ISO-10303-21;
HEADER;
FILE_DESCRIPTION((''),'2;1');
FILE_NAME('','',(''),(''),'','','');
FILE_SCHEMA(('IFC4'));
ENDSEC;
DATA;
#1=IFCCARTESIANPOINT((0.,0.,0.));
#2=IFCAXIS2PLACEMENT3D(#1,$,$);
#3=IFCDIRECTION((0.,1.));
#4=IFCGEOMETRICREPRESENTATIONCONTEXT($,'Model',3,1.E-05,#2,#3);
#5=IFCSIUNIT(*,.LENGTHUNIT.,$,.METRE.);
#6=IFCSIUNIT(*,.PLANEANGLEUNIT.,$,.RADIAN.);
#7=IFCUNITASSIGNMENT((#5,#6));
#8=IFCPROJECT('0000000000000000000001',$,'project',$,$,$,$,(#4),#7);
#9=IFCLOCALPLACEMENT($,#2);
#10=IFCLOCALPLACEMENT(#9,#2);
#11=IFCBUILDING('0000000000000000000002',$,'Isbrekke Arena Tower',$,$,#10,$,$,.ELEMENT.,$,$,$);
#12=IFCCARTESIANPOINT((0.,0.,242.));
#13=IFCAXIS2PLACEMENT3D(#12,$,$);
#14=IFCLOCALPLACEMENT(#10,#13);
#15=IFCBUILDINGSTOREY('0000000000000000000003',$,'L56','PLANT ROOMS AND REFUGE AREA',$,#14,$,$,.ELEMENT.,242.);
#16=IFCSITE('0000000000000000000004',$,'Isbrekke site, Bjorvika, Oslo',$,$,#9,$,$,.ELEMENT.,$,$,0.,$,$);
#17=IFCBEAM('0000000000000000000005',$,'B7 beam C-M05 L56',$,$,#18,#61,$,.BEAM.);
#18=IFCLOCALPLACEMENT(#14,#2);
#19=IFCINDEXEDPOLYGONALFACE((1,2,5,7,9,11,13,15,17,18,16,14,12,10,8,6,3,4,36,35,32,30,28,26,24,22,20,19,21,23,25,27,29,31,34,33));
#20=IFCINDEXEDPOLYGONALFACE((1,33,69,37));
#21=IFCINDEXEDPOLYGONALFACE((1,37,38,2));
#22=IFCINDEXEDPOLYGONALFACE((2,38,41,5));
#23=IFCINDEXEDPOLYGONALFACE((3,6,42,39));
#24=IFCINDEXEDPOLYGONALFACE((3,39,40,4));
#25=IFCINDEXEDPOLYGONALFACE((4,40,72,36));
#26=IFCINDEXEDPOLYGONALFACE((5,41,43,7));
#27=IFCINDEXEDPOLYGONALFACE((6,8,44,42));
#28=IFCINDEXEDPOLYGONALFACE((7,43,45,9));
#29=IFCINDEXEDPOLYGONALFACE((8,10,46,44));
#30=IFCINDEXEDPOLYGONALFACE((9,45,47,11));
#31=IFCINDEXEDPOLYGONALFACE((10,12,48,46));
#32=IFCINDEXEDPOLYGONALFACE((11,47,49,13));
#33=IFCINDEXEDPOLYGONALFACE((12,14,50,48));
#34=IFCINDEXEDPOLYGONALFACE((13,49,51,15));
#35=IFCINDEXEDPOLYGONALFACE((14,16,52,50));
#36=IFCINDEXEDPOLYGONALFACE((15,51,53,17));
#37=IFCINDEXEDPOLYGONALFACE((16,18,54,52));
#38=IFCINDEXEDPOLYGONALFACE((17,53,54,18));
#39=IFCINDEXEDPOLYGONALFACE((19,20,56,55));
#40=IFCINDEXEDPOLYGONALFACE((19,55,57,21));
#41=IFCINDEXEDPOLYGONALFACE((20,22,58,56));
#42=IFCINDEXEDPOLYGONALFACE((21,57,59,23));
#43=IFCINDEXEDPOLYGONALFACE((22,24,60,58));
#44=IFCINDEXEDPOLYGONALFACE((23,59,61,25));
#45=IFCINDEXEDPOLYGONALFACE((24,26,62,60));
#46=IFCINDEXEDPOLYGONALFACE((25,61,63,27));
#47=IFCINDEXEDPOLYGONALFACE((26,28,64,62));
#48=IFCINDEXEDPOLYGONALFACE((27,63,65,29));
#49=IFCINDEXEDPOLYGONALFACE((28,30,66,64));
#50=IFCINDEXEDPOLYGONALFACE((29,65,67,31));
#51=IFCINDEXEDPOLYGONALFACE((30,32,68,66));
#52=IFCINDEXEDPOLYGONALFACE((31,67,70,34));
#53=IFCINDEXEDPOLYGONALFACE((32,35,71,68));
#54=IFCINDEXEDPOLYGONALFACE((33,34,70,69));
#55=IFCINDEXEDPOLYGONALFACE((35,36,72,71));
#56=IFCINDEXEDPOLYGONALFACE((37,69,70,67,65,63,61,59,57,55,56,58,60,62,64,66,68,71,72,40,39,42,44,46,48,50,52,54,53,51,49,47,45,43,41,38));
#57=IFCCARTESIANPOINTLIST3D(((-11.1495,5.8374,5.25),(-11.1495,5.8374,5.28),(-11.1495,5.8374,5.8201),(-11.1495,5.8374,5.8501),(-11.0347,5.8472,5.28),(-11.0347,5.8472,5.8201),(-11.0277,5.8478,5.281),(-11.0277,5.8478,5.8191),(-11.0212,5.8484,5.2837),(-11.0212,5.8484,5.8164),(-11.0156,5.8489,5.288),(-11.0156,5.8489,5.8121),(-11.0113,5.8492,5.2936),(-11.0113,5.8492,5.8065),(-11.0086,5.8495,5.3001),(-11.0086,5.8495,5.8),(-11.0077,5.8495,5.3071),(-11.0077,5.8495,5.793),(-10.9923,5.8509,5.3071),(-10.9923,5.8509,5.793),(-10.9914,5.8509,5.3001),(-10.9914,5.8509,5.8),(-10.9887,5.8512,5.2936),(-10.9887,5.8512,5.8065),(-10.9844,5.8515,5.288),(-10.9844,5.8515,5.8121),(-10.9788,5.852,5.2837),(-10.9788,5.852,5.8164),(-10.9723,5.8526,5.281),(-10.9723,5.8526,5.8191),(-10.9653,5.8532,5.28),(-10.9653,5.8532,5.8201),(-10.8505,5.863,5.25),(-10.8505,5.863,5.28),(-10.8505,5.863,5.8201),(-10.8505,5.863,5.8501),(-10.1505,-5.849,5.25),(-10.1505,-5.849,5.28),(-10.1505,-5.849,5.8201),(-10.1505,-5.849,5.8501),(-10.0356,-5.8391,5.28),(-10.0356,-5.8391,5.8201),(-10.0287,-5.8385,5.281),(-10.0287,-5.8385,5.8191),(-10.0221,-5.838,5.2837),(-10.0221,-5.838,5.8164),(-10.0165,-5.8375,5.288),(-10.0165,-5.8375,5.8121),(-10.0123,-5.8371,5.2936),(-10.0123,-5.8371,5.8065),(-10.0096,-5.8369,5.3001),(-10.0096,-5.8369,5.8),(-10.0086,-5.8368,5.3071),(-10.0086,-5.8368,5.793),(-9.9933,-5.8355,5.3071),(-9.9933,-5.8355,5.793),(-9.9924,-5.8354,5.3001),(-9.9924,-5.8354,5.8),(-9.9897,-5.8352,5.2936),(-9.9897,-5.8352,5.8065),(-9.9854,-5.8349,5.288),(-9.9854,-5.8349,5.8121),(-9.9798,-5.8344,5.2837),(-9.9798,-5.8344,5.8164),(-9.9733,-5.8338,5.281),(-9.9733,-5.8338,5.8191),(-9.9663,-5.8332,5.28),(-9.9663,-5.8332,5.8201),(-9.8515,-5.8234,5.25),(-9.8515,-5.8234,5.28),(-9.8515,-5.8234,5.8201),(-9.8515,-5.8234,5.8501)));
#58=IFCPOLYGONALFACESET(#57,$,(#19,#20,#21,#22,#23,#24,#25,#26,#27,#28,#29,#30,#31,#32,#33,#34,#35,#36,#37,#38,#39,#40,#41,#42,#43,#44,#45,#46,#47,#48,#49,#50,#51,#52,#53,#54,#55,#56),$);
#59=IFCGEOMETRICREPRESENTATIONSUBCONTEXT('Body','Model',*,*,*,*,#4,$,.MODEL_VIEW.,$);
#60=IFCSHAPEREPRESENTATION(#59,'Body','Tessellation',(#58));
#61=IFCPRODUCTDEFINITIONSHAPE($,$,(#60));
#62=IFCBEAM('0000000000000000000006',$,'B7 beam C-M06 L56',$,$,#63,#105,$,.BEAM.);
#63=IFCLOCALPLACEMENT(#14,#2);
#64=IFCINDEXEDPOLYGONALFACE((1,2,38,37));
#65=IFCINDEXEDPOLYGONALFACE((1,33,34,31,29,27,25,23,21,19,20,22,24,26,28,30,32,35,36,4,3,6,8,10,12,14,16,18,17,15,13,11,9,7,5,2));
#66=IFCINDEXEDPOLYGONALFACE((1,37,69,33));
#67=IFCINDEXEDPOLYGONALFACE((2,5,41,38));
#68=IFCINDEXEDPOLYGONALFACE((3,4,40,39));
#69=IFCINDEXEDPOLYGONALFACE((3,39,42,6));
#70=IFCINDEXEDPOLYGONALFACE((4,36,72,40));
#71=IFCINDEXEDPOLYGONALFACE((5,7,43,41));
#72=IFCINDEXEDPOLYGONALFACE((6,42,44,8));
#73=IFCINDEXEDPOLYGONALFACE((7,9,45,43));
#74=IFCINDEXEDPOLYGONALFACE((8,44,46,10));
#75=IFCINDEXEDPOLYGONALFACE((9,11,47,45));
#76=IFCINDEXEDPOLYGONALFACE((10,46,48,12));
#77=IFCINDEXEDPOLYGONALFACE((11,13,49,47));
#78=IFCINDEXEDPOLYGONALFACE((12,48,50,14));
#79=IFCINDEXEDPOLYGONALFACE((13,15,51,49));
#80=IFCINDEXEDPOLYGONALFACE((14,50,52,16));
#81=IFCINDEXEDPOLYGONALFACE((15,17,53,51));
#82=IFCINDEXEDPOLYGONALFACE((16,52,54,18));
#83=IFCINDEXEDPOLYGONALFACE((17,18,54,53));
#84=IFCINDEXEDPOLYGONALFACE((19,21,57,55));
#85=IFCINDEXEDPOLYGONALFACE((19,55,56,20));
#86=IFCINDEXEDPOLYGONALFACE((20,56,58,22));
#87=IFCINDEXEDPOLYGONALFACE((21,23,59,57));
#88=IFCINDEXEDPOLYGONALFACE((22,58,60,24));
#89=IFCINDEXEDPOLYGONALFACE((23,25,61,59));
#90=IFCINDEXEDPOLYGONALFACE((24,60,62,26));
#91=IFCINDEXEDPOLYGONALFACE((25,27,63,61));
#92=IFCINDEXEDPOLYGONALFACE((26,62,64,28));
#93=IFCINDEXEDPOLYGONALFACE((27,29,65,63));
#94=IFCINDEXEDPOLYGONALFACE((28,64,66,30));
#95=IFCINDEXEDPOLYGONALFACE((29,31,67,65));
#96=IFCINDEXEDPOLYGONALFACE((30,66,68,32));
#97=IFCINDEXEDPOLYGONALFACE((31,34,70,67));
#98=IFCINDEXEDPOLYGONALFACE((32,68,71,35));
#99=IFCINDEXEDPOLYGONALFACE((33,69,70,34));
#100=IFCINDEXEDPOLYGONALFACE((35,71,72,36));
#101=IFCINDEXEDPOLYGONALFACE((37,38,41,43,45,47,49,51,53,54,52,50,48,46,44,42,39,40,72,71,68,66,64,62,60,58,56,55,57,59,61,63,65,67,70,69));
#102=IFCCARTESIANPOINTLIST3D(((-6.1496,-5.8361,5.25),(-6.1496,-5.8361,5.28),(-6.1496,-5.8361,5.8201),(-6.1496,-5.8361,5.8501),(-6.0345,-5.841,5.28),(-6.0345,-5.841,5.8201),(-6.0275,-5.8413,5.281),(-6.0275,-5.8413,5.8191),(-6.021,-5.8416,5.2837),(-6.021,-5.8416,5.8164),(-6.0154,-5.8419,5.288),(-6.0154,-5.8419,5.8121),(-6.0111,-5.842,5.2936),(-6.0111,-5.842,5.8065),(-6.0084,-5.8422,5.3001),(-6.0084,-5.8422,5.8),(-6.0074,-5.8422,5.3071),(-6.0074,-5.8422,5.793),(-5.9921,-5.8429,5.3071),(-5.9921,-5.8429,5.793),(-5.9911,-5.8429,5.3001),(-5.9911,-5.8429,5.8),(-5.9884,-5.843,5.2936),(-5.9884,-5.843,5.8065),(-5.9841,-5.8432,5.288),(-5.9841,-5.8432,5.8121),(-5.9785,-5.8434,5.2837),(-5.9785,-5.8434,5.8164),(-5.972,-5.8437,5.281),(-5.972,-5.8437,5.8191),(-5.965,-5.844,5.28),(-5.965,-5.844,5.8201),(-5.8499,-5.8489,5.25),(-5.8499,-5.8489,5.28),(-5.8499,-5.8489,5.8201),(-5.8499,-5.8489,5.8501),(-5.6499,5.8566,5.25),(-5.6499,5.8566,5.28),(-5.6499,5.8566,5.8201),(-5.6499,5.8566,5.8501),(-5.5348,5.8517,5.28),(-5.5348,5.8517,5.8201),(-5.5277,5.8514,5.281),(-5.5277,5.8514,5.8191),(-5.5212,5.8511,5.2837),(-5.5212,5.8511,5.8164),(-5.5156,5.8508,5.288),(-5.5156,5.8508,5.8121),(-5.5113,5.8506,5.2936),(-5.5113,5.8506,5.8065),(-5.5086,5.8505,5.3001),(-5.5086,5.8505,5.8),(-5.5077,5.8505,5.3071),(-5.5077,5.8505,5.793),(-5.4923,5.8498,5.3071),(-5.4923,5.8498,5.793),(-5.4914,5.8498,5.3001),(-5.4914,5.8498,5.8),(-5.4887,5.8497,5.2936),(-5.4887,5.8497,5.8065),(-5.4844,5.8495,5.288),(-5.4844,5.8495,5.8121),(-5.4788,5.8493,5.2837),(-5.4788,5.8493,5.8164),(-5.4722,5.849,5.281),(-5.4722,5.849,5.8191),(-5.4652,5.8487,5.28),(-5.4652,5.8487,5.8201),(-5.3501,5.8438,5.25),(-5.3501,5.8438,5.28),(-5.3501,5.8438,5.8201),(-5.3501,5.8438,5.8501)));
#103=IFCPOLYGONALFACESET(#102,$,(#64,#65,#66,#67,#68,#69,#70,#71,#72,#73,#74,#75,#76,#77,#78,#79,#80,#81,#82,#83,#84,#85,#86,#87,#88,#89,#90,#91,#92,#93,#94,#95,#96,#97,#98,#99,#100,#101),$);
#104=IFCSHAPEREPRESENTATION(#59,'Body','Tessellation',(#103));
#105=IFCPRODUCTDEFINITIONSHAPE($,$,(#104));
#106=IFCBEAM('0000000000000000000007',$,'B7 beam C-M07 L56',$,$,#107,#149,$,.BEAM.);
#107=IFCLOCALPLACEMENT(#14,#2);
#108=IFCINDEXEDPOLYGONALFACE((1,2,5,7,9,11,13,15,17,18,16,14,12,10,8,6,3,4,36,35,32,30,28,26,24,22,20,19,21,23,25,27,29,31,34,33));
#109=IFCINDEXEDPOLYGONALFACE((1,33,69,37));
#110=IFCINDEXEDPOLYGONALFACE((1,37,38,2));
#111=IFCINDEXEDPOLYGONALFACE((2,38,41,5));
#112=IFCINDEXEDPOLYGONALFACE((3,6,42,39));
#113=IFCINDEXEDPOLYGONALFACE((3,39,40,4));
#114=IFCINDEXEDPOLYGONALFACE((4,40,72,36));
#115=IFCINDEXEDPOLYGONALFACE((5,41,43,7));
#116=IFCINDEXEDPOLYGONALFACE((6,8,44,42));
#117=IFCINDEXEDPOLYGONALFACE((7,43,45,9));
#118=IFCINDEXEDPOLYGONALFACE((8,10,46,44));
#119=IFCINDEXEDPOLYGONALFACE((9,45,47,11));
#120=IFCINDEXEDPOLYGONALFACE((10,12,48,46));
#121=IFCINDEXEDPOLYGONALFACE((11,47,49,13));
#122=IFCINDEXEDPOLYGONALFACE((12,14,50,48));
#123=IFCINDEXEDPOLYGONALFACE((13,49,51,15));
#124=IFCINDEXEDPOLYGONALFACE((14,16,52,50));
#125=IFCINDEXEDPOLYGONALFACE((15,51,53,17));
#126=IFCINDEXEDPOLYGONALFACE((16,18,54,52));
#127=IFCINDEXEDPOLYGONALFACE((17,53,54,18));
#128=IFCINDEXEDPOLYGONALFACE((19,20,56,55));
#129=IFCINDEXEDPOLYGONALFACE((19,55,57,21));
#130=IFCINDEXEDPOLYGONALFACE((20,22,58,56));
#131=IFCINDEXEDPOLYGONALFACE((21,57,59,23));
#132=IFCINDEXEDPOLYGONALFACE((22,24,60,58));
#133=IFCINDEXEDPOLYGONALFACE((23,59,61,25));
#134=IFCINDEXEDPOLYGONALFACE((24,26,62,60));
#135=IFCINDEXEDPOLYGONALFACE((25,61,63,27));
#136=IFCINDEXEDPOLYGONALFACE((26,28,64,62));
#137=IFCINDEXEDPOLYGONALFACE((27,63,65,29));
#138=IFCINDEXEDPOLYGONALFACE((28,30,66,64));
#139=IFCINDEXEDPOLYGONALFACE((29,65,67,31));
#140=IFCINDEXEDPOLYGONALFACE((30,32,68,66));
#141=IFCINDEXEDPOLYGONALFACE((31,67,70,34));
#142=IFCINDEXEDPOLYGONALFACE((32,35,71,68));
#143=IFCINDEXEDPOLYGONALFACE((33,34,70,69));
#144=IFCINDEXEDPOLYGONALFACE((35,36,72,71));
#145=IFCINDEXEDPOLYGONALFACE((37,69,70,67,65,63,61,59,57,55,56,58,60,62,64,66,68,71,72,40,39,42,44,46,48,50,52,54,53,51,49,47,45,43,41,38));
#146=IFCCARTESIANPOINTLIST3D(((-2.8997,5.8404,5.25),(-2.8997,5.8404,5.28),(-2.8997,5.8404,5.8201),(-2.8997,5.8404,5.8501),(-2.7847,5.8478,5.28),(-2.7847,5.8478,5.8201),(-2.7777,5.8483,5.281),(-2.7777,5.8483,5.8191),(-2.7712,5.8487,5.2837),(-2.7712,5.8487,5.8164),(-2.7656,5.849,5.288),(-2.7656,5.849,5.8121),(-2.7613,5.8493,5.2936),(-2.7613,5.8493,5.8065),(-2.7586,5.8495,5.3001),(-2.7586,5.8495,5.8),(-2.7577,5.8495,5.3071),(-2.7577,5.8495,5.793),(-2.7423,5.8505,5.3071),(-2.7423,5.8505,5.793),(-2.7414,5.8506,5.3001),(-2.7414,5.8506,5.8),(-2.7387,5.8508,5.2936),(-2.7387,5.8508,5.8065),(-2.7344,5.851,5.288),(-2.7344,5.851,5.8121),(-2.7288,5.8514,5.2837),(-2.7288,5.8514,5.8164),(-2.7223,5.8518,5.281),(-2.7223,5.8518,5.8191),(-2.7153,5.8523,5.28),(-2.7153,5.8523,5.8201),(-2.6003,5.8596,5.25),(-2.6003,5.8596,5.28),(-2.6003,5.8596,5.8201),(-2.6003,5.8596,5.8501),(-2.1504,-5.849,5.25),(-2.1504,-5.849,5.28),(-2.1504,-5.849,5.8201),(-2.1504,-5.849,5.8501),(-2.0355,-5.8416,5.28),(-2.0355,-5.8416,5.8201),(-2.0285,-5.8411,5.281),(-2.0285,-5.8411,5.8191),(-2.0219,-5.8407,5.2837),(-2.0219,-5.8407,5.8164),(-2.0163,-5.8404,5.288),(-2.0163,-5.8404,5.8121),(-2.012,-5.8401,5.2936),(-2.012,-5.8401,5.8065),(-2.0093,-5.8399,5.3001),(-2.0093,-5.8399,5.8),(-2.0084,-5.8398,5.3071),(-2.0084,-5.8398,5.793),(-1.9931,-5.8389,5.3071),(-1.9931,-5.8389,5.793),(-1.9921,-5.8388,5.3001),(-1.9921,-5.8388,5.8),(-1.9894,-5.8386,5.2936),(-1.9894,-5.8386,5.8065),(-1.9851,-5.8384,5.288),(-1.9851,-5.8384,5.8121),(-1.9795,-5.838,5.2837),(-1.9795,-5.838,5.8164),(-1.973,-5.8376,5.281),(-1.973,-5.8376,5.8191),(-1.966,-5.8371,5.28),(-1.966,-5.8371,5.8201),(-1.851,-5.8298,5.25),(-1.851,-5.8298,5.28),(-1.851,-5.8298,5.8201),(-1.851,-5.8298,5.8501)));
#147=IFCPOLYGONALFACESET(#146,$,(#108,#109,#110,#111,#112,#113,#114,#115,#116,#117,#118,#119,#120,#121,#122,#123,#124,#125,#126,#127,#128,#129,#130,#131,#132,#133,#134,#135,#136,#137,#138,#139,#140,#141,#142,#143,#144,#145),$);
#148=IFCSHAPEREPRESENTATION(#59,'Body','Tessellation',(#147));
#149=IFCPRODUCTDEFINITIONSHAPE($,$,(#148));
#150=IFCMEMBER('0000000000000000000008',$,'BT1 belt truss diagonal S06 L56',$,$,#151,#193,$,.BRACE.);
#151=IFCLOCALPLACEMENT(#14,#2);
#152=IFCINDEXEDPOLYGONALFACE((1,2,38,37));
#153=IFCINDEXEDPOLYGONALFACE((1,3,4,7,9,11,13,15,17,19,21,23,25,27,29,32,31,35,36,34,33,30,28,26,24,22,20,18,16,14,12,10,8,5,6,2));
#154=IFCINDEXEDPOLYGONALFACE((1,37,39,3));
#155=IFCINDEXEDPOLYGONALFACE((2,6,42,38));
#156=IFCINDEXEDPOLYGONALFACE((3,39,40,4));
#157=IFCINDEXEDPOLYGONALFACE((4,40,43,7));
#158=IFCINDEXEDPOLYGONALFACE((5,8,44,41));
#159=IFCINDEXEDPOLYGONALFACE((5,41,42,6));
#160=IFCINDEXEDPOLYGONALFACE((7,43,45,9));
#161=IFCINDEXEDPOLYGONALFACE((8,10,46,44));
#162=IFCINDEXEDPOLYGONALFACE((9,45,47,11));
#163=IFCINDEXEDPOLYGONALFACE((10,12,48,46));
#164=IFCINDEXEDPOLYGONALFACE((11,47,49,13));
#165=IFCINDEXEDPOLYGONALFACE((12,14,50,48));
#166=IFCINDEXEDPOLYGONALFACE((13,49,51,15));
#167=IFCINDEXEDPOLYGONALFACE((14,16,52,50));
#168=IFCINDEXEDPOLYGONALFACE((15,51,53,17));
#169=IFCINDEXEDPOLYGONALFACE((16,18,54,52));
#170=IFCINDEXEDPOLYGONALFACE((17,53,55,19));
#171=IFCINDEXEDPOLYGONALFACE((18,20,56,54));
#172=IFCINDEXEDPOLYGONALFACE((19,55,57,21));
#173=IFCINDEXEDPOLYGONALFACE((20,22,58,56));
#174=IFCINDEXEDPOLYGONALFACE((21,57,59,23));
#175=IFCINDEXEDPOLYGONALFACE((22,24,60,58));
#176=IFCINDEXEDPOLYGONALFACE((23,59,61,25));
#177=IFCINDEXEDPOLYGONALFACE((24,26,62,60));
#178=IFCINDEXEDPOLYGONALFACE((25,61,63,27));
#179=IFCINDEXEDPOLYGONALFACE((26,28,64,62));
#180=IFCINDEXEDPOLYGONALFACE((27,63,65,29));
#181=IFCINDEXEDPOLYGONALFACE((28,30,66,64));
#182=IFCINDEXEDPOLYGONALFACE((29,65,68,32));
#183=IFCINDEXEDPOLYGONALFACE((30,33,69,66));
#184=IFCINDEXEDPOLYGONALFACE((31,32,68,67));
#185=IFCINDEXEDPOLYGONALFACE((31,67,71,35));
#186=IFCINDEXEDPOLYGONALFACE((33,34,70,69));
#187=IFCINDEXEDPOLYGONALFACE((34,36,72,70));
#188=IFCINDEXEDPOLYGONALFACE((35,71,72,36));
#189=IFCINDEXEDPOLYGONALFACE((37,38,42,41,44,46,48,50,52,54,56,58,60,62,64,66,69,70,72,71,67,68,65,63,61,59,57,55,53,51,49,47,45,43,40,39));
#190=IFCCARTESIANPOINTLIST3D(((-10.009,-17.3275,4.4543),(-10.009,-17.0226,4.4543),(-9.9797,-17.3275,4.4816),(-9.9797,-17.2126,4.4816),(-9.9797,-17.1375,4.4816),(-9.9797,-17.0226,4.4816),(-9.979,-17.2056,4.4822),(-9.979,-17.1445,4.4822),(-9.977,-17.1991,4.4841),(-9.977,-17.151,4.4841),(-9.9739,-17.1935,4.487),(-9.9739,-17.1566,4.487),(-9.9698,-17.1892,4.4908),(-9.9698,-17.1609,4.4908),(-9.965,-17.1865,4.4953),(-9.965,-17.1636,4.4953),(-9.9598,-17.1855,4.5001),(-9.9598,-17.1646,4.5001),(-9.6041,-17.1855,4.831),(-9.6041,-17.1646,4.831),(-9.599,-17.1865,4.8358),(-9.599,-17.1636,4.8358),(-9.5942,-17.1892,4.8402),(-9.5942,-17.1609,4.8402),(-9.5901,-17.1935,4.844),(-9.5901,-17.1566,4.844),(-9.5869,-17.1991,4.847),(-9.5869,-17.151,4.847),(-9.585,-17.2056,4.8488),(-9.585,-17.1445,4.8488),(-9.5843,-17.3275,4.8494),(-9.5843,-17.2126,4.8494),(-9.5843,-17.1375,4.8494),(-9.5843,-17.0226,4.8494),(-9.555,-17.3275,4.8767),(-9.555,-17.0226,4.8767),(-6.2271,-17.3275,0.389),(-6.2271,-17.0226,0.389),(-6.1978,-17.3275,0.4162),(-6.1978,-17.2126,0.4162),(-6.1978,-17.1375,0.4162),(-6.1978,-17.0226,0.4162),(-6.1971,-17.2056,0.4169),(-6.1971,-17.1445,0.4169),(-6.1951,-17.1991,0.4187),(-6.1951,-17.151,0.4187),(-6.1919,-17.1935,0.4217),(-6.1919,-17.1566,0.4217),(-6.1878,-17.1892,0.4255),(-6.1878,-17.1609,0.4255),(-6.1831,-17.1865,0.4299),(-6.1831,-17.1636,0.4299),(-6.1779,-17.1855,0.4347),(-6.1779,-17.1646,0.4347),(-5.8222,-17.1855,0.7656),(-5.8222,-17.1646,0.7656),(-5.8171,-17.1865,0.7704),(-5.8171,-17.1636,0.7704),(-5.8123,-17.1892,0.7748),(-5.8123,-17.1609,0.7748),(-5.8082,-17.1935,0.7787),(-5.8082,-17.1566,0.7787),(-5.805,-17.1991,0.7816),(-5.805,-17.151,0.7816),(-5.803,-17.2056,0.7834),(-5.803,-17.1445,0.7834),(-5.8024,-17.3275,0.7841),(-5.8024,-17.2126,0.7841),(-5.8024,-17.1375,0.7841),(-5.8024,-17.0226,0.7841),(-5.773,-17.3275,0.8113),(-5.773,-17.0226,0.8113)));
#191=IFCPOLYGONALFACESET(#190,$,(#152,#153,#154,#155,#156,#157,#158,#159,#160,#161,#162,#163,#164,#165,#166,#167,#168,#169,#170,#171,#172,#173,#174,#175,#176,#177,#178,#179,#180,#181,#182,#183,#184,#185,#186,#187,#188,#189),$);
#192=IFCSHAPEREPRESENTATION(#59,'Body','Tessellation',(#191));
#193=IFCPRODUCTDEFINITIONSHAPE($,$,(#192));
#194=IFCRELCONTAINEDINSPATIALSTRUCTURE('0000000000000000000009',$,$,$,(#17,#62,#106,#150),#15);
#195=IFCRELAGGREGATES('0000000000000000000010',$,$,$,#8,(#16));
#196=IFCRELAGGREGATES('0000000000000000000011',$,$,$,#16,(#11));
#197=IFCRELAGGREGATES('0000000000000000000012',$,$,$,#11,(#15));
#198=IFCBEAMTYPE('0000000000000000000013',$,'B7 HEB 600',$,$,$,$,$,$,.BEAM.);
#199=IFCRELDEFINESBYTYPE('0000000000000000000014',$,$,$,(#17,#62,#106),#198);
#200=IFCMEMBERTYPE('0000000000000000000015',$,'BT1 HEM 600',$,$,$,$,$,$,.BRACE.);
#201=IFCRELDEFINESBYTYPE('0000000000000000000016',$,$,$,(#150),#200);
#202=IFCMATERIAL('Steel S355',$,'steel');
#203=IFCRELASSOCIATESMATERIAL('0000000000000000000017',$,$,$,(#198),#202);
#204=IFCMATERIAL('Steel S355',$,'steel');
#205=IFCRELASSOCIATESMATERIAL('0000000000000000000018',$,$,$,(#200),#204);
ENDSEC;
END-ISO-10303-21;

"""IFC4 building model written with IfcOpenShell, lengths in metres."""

from ifc_helpers import new_model, si_unit, direction, frame, origin, origin_2d, place, context, subcontext, project, spatial, i_section, extrude, material, material_profile, profile_set, type_object, element, save


model = new_model("IFC4")

# Units and contexts
model_context = context("Model", 3, precision=1e-05, world=origin(), true_north=direction((0.0, 1.0)))
body_context = subcontext(model_context, "Body", "Model", "MODEL_VIEW")
ifc_project = project(units=[si_unit("LENGTHUNIT", "METRE"), si_unit("PLANEANGLEUNIT", "RADIAN")], contexts=[model_context])

# Site, building, storey
site_placement = place(None, origin())
site = spatial("IfcSite", under=ifc_project, at=site_placement, Name="Isbrekke site, Bjorvika, Oslo", CompositionType="ELEMENT", RefElevation=0.0)
building_placement = place(site_placement, origin())
building = spatial("IfcBuilding", under=site, at=building_placement, Name="Isbrekke Arena Tower", CompositionType="ELEMENT")
storey_placement = place(building_placement, frame((0.0, 0.0, 242.0)))
storey = spatial("IfcBuildingStorey", under=building, at=storey_placement, Name="L56", Description="PLANT ROOMS AND REFUGE AREA", CompositionType="ELEMENT", Elevation=242.0)

# Beams
ifc_material_1 = material(Name="Steel S355", Category="steel")
ifc_material_profile_1 = material_profile(ifc_material_1, i_section(OverallWidth=0.3, OverallDepth=0.6001, WebThickness=0.0154, FlangeThickness=0.03, FilletRadius=0.0271, at=origin_2d()), Name="HEB 600")
ifc_profile_set_1 = profile_set([ifc_material_profile_1], Name="Steel S355")
beam_type_1 = type_object("IfcBeamType", Name="B7 HEB 600", PredefinedType="BEAM", material=ifc_profile_set_1)
beam_1_placement = place(storey_placement, frame((-10.001, -5.8362, 5.55), z_axis=(-0.085176, 0.996366, 0.0), x_axis=(-0.996366, -0.085176, 0.0)))
element("IfcBeam", 1, at=beam_1_placement, inside=storey, type_object=beam_type_1, Name="B7 beam C-M05 L56", PredefinedType="BEAM", context=body_context, shape_type="SweptSolid", body=[
    extrude(i_section(OverallWidth=0.3, OverallDepth=0.6001, WebThickness=0.0154, FlangeThickness=0.03, FilletRadius=0.0271, at=origin_2d()), origin(), (0.0, 0.0, 1.0), 11.729),
])
beam_2_placement = place(storey_placement, frame((-5.9998, -5.8425, 5.55), z_axis=(0.042702, 0.999088, 0.0), x_axis=(-0.999088, 0.042702, 0.0)))
element("IfcBeam", 2, at=beam_2_placement, inside=storey, type_object=beam_type_1, Name="B7 beam C-M06 L56", PredefinedType="BEAM", context=body_context, shape_type="SweptSolid", body=[
    extrude(i_section(OverallWidth=0.3, OverallDepth=0.6001, WebThickness=0.0154, FlangeThickness=0.03, FilletRadius=0.0271, at=origin_2d()), origin(), (0.0, 0.0, 1.0), 11.7034),
])
beam_3_placement = place(storey_placement, frame((-2.0007, -5.8394, 5.55), z_axis=(-0.063966, 0.997952, 0.0), x_axis=(-0.997952, -0.063966, 0.0)))
element("IfcBeam", 3, at=beam_3_placement, inside=storey, type_object=beam_type_1, Name="B7 beam C-M07 L56", PredefinedType="BEAM", context=body_context, shape_type="SweptSolid", body=[
    extrude(i_section(OverallWidth=0.3, OverallDepth=0.6001, WebThickness=0.0154, FlangeThickness=0.03, FilletRadius=0.0271, at=origin_2d()), origin(), (0.0, 0.0, 1.0), 11.7134),
])

# Member
ifc_material_2 = material(Name="Steel S355", Category="steel")
ifc_material_profile_2 = material_profile(ifc_material_2, i_section(OverallWidth=0.3049, OverallDepth=0.6201, WebThickness=0.021, FlangeThickness=0.04, FilletRadius=0.0271, at=origin_2d()), Name="HEM 600")
ifc_profile_set_2 = profile_set([ifc_material_profile_2], Name="Steel S355")
member_type_1 = type_object("IfcMemberType", Name="BT1 HEM 600", PredefinedType="BRACE", material=ifc_profile_set_2)
for number, where, z_axis, x_axis, name in (
    (4, (-9.782, -17.175, 4.6655), (0.681122, 0.0, -0.73217), (0.0, 1.0, 0.0), "BT1 belt truss diagonal S06 L56"),
):
    element("IfcMember", number, at=place(storey_placement, frame(where, z_axis=z_axis, x_axis=x_axis)), inside=storey, type_object=member_type_1, Name=name, PredefinedType="BRACE", context=body_context, shape_type="SweptSolid", body=[
        extrude(i_section(OverallWidth=0.3049, OverallDepth=0.6201, WebThickness=0.021, FlangeThickness=0.04, FilletRadius=0.0271, at=origin_2d()), origin(), (0.0, 0.0, 1.0), 5.5525),
    ])

save(model, "model.ifc")
